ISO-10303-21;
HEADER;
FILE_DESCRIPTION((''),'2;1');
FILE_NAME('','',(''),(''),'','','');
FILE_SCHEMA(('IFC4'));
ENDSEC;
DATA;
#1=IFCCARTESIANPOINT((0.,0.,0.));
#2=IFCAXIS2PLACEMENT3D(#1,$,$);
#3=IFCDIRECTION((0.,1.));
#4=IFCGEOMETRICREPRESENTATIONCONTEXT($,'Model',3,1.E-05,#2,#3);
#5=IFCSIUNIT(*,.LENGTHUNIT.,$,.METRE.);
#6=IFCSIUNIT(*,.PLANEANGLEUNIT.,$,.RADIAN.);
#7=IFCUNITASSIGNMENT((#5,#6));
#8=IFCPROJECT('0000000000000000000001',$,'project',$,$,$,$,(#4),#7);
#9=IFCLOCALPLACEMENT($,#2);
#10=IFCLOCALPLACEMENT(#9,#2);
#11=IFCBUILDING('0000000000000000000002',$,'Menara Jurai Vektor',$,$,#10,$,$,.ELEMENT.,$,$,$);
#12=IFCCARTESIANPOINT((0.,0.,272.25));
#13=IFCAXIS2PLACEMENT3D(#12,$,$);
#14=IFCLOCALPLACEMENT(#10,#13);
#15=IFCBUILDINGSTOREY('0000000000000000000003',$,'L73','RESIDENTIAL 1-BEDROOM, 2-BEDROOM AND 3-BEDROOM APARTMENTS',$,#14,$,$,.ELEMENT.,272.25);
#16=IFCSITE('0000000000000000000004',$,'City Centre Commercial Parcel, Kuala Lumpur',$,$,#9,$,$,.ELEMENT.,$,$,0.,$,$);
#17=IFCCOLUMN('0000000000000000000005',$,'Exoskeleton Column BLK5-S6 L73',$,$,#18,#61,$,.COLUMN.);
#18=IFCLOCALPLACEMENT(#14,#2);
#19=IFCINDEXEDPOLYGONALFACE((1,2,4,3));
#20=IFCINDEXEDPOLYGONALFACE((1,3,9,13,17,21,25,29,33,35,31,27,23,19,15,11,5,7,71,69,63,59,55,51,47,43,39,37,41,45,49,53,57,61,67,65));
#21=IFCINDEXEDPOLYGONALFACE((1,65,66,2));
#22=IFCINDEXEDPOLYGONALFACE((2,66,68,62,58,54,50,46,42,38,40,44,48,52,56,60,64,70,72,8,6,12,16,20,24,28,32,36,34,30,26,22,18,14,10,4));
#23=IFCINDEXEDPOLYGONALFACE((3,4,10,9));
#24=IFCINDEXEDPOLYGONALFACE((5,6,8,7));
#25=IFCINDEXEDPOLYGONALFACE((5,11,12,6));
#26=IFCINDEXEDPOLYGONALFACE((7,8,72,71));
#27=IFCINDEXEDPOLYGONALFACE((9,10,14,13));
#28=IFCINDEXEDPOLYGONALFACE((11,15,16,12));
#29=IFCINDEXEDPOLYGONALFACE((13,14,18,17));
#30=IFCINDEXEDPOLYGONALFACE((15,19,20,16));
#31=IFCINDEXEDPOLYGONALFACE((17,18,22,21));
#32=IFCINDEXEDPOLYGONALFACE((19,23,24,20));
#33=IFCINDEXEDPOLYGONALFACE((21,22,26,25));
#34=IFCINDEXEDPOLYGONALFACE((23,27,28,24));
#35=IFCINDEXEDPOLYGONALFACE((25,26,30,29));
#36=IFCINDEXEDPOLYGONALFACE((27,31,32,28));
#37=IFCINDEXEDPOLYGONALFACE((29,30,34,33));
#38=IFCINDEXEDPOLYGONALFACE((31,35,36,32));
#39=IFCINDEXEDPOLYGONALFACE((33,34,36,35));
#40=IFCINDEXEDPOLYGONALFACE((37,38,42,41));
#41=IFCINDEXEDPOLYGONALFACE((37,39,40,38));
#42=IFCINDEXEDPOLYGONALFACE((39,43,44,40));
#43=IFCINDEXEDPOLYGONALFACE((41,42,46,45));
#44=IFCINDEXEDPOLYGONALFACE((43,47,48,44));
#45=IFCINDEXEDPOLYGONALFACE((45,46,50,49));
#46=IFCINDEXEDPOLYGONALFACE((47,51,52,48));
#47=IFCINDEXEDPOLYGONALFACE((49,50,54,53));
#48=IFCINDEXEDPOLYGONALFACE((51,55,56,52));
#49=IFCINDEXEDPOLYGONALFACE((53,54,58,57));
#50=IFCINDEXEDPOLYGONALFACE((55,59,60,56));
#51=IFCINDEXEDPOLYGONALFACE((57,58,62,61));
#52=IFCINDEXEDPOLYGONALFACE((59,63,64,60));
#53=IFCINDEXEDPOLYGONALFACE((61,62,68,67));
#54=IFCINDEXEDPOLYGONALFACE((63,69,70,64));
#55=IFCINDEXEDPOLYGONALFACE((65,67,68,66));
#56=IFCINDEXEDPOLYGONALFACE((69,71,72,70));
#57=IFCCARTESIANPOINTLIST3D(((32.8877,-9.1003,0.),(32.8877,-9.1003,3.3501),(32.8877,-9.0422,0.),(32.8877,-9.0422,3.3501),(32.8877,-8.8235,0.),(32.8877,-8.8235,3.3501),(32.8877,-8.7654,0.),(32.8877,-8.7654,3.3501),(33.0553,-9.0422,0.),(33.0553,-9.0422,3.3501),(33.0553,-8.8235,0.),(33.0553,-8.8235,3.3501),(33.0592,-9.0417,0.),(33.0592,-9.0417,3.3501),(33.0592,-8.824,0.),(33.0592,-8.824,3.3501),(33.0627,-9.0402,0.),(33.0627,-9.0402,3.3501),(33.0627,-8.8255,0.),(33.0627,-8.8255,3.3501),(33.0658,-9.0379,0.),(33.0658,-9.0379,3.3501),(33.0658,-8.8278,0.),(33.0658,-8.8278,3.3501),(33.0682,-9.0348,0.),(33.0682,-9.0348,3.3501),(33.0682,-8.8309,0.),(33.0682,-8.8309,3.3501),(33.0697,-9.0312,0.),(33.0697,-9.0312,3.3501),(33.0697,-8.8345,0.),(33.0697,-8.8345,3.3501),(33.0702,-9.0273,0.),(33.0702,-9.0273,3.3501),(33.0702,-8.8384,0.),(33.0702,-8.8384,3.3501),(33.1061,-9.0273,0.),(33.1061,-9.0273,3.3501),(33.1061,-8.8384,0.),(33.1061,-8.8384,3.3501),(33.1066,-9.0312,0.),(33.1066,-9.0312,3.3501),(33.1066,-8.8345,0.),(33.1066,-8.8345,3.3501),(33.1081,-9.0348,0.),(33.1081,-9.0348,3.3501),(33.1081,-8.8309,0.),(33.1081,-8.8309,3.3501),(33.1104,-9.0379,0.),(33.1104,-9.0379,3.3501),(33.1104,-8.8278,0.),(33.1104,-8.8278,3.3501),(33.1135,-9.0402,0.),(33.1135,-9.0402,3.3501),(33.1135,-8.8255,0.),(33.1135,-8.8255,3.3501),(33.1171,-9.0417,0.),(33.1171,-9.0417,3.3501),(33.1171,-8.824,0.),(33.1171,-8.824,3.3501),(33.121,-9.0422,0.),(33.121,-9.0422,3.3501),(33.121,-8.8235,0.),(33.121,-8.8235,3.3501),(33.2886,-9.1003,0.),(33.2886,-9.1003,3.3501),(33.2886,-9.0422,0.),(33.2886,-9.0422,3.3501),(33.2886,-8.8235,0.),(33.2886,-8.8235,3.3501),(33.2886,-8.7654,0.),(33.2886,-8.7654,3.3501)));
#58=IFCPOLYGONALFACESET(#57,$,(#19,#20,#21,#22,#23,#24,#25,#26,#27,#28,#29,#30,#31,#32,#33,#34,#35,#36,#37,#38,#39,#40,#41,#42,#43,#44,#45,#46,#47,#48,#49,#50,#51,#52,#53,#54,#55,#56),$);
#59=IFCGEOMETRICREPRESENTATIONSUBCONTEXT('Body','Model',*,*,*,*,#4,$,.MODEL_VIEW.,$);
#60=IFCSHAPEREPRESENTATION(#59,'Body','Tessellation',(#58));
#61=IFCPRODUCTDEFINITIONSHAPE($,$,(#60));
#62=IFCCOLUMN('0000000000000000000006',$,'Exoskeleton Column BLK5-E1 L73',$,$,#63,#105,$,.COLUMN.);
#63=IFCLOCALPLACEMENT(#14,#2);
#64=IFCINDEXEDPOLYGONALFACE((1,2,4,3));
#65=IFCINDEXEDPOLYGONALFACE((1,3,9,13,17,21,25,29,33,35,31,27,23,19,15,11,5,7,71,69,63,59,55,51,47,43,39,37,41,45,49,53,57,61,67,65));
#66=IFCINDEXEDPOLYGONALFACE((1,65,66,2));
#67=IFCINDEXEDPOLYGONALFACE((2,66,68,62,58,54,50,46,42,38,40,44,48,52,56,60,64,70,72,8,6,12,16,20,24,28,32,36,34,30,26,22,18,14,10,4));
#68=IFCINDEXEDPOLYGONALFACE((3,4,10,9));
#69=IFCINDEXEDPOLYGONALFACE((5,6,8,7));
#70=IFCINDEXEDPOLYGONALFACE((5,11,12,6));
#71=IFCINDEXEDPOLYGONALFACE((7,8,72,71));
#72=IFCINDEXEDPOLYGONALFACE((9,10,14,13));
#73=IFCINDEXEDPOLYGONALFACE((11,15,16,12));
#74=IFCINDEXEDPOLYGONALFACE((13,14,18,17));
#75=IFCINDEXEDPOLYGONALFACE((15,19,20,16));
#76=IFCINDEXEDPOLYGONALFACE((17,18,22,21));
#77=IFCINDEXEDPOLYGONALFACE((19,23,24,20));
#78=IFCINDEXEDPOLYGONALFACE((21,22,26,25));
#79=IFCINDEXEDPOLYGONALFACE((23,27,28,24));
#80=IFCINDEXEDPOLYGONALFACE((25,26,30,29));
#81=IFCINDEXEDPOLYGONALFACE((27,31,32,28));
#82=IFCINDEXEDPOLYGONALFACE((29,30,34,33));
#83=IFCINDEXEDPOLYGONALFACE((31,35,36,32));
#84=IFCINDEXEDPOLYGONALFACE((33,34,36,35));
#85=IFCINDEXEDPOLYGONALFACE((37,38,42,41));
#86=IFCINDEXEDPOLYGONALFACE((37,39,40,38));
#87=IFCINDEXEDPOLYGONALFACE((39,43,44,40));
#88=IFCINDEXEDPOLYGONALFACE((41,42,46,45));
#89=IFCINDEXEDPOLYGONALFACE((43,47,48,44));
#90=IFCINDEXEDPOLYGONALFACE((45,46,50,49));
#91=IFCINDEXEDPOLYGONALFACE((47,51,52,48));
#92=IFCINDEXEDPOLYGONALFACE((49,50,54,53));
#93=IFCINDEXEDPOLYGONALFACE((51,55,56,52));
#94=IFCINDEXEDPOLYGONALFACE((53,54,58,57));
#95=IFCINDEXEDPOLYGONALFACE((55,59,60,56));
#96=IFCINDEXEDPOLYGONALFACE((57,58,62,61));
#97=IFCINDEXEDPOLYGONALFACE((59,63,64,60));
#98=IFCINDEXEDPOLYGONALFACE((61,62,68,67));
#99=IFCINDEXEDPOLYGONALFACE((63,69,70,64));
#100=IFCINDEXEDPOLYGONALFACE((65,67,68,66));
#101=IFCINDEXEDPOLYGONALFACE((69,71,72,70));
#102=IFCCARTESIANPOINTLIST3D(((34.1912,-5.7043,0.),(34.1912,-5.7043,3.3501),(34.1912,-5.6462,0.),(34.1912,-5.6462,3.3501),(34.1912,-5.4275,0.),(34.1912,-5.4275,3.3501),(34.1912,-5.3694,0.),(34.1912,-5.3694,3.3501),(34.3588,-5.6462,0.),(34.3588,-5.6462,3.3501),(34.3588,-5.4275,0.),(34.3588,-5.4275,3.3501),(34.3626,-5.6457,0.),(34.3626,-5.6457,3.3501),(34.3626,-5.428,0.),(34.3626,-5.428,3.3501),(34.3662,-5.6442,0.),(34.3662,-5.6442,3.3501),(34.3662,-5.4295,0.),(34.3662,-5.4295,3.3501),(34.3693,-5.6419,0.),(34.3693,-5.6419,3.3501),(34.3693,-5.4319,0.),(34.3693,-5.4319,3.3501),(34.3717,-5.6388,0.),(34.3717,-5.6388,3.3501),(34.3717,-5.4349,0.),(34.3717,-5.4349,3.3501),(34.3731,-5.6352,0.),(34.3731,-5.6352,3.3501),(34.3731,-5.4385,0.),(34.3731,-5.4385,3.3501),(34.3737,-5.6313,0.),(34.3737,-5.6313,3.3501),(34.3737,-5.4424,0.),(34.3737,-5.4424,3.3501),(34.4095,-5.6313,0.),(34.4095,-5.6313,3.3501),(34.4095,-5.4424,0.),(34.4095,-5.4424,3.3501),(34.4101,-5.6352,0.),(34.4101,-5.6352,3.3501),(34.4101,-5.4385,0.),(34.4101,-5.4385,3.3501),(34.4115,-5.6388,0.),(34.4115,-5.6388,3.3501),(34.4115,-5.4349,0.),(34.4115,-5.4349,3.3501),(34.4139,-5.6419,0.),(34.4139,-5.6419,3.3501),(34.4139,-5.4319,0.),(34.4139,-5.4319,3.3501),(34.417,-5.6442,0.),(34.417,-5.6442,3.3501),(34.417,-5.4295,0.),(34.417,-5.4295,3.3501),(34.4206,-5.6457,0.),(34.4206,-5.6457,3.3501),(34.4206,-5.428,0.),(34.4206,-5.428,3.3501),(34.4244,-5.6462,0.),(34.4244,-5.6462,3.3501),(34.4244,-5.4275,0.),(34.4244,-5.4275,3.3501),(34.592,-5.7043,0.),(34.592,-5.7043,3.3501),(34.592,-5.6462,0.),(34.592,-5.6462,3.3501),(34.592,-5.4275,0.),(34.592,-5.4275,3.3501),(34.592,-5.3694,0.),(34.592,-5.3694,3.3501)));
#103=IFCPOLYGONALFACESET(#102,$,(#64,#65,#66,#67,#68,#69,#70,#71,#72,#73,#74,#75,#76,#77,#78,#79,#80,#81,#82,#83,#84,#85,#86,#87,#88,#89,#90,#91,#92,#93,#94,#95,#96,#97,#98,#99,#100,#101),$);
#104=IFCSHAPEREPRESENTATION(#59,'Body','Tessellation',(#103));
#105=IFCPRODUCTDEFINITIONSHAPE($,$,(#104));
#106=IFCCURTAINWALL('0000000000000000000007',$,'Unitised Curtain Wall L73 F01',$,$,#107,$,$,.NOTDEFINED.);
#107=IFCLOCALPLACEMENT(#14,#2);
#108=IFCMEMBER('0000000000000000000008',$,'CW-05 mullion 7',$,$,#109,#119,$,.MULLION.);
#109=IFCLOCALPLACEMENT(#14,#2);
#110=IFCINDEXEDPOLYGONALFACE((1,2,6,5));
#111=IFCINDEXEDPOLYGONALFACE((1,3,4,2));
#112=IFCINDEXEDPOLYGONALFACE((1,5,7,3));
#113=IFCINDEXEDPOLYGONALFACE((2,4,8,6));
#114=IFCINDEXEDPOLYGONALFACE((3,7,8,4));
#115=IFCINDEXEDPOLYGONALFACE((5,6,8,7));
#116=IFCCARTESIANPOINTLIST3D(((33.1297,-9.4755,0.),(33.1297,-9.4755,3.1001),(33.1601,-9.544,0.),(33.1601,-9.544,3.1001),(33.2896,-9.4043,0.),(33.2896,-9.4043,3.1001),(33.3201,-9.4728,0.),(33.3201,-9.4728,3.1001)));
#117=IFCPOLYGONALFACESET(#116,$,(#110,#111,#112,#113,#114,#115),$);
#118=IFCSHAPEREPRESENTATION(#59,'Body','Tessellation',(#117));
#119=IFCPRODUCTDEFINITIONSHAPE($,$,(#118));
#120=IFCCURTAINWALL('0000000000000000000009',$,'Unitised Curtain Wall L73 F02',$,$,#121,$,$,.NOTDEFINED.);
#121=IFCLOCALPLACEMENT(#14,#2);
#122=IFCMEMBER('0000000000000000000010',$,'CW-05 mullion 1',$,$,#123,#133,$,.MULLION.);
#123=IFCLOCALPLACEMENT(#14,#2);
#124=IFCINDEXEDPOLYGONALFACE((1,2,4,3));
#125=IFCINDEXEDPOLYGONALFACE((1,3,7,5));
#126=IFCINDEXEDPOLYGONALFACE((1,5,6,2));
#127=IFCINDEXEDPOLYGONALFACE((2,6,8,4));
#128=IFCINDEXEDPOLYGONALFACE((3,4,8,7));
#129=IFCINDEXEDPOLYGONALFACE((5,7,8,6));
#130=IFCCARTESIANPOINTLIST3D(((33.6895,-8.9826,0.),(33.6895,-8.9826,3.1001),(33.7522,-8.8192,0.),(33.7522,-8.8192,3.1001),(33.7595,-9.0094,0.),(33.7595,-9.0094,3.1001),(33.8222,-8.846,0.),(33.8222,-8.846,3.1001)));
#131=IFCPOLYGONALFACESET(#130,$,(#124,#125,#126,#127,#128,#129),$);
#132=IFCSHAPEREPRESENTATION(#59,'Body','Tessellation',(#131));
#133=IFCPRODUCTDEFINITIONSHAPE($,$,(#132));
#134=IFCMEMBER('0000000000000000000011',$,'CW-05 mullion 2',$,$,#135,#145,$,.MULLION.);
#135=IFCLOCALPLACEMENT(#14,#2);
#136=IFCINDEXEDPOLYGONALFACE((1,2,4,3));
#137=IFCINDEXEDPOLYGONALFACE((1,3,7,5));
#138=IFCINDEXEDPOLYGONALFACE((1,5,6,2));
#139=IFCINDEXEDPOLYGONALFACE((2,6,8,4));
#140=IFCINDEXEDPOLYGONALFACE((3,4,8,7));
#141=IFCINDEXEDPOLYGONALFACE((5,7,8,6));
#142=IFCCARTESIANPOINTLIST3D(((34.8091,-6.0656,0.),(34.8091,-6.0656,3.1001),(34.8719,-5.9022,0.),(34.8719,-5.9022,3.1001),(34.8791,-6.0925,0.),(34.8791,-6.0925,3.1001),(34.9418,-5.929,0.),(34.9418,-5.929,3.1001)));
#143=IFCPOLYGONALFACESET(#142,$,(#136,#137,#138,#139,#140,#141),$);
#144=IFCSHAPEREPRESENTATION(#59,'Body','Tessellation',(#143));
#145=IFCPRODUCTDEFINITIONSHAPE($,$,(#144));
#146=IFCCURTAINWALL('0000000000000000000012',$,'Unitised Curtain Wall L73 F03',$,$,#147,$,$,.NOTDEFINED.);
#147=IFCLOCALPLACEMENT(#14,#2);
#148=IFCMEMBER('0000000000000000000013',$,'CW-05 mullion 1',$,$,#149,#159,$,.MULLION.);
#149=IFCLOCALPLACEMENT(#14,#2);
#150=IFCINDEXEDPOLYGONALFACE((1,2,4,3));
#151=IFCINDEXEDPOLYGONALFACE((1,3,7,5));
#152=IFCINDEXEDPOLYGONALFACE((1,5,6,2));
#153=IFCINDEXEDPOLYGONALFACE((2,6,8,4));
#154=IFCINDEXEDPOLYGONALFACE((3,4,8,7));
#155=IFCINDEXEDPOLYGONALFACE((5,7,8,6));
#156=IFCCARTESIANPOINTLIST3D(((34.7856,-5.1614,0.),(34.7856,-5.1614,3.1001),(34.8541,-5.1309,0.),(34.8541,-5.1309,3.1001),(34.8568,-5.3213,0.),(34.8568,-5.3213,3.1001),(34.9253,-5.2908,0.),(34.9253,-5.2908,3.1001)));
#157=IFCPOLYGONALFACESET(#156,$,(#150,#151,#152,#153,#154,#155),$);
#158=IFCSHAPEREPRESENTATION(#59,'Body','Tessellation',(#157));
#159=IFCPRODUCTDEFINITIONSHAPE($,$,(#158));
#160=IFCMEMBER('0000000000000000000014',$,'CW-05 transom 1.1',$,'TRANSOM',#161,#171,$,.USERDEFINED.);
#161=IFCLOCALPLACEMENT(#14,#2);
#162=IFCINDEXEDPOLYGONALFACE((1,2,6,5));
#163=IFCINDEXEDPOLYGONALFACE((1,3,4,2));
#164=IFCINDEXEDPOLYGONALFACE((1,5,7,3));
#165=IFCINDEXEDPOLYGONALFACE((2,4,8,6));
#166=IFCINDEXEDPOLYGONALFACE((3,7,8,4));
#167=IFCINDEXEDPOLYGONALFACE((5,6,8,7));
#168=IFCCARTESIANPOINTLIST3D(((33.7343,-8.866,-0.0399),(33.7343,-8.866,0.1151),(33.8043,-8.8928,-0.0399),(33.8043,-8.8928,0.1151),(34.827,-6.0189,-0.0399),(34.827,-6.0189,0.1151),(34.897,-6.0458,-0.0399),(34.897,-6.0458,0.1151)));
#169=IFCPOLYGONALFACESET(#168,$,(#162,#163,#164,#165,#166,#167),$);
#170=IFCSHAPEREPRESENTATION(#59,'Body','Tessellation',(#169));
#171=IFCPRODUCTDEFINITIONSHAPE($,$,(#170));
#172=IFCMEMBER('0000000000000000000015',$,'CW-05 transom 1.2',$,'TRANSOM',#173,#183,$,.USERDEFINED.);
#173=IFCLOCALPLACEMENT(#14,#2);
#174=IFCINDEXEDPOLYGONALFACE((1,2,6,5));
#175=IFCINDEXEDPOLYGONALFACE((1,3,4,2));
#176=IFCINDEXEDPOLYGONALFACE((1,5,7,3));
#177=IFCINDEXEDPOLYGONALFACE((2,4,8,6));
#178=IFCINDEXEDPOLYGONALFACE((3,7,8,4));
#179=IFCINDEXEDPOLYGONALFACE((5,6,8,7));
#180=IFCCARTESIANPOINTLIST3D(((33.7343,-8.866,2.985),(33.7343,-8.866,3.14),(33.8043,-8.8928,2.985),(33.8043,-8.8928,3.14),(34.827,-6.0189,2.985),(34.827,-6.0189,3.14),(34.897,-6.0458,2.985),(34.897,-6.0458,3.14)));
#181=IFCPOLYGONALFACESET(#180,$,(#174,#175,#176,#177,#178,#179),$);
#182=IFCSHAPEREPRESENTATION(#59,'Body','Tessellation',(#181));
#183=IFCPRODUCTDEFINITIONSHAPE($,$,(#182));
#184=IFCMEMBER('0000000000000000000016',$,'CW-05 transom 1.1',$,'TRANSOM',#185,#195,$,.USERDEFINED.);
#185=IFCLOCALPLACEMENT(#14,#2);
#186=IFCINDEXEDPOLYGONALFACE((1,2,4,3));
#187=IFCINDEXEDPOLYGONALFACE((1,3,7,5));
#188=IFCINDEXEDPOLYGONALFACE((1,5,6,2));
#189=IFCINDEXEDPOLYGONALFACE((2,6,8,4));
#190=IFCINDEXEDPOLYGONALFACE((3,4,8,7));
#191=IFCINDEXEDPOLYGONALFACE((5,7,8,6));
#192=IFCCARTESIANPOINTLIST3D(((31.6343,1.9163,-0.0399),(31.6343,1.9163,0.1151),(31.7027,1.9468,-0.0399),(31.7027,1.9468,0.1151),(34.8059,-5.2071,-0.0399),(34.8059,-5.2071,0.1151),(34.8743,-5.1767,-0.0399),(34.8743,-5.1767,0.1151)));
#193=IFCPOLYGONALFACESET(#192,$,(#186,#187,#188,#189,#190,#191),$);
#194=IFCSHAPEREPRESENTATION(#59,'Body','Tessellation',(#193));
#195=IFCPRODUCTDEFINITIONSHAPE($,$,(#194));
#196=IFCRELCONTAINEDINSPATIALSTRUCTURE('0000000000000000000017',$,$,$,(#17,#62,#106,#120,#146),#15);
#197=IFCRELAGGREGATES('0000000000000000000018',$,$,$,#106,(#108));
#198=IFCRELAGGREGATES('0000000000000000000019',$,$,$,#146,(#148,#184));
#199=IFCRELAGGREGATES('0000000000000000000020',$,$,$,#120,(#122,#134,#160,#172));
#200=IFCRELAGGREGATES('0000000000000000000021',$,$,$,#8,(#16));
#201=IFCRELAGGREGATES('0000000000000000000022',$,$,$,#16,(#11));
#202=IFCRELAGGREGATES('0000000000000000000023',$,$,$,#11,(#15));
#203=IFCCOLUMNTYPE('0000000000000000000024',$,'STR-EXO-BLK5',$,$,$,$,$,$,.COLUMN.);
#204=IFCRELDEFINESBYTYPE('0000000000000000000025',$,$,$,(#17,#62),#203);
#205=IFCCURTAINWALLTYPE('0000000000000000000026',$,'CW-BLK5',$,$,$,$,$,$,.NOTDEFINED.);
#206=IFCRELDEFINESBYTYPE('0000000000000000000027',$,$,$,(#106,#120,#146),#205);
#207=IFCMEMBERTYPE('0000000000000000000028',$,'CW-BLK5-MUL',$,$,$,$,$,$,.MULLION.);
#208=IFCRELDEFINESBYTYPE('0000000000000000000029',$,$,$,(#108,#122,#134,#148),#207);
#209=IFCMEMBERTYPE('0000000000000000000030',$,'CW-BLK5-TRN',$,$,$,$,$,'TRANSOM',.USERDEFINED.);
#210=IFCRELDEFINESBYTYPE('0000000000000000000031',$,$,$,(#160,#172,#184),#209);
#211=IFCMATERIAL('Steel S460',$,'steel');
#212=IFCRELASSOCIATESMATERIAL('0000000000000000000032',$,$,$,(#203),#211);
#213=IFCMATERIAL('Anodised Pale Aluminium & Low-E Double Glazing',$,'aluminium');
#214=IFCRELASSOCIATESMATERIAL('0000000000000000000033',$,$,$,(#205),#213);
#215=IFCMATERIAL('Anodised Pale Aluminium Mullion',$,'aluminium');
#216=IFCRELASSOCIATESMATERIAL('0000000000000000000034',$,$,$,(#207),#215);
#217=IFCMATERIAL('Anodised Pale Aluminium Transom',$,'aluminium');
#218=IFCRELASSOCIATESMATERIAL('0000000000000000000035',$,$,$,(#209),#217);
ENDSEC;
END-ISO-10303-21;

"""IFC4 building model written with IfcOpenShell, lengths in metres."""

from ifc_helpers import new_model, si_unit, direction, frame, origin, origin_2d, place, context, subcontext, project, spatial, rectangle, i_section, extrude, material, material_profile, profile_set, type_object, element, aggregate, save


model = new_model("IFC4")

# Units and contexts
model_context = context("Model", 3, precision=1e-05, world=origin(), true_north=direction((0.0, 1.0)))
body_context = subcontext(model_context, "Body", "Model", "MODEL_VIEW")
ifc_project = project(units=[si_unit("LENGTHUNIT", "METRE"), si_unit("PLANEANGLEUNIT", "RADIAN")], contexts=[model_context])

# Site, building, storey
site_placement = place(None, origin())
site = spatial("IfcSite", under=ifc_project, at=site_placement, Name="City Centre Commercial Parcel, Kuala Lumpur", CompositionType="ELEMENT", RefElevation=0.0)
building_placement = place(site_placement, origin())
building = spatial("IfcBuilding", under=site, at=building_placement, Name="Menara Jurai Vektor", CompositionType="ELEMENT")
storey_placement = place(building_placement, frame((0.0, 0.0, 272.25)))
storey = spatial("IfcBuildingStorey", under=building, at=storey_placement, Name="L73", Description="RESIDENTIAL 1-BEDROOM, 2-BEDROOM AND 3-BEDROOM APARTMENTS", CompositionType="ELEMENT", Elevation=272.25)

# Columns
ifc_material_1 = material(Name="Steel S460", Category="steel")
ifc_material_profile_1 = material_profile(ifc_material_1, i_section(OverallWidth=0.4009, OverallDepth=0.335, WebThickness=0.0359, FlangeThickness=0.0581, FilletRadius=0.0149, at=origin_2d()), Name="HD 400x463")
ifc_profile_set_1 = profile_set([ifc_material_profile_1], Name="Steel S460")
column_type = type_object("IfcColumnType", Name="STR-EXO-BLK5", PredefinedType="COLUMN", material=ifc_profile_set_1)
for number, where, z_axis, x_axis, name in (
    (1, (33.0881, -8.9329, 0.0), (0.0, 0.0, 1.0), (1.0, 0.0, 0.0), "Exoskeleton Column BLK5-S6 L73"),
    (2, (34.3916, -5.5369, 0.0), (0.0, 0.0, 1.0), (1.0, 0.0, 0.0), "Exoskeleton Column BLK5-E1 L73"),
):
    element("IfcColumn", number, at=place(storey_placement, frame(where, z_axis=z_axis, x_axis=x_axis)), inside=storey, type_object=column_type, Name=name, PredefinedType="COLUMN", context=body_context, shape_type="SweptSolid", body=[
        extrude(i_section(OverallWidth=0.4009, OverallDepth=0.335, WebThickness=0.0359, FlangeThickness=0.0581, FilletRadius=0.0149, at=origin_2d()), origin(), (0.0, 0.0, 1.0), 3.3501),
    ])

# Curtain wall, member
ifc_material_2 = material(Name="Anodised Pale Aluminium & Low-E Double Glazing", Category="aluminium")
curtain_wall_type = type_object("IfcCurtainWallType", Name="CW-BLK5", PredefinedType="NOTDEFINED", material=ifc_material_2)
curtain_wall_1_placement = place(storey_placement, origin())
curtain_wall_1 = element("IfcCurtainWall", 3, at=curtain_wall_1_placement, inside=storey, type_object=curtain_wall_type, Name="Unitised Curtain Wall L73 F01", PredefinedType="NOTDEFINED")
ifc_material_3 = material(Name="Anodised Pale Aluminium Mullion", Category="aluminium")
ifc_material_profile_2 = material_profile(ifc_material_3, rectangle(XDim=0.075, YDim=0.175, at=origin_2d()), Name="ALU MUL 75x175")
ifc_profile_set_2 = profile_set([ifc_material_profile_2], Name="Anodised Pale Aluminium Mullion")
member_type_1 = type_object("IfcMemberType", Name="CW-BLK5-MUL", PredefinedType="MULLION", material=ifc_profile_set_2)
member_1_placement = place(storey_placement, frame((33.2249, -9.4741, 0.0), z_axis=(0.0, 0.0, 1.0), x_axis=(-0.406735, 0.913546, 0.0)))
member_1 = element("IfcMember", 4, at=member_1_placement, type_object=member_type_1, Name="CW-05 mullion 7", PredefinedType="MULLION", context=body_context, shape_type="SweptSolid", body=[
    extrude(rectangle(XDim=0.075, YDim=0.175, at=origin_2d()), origin(), (0.0, 0.0, 1.0), 3.1001),
])

# Curtain wall, members
curtain_wall_2_placement = place(storey_placement, origin())
curtain_wall_2 = element("IfcCurtainWall", 5, at=curtain_wall_2_placement, inside=storey, type_object=curtain_wall_type, Name="Unitised Curtain Wall L73 F02", PredefinedType="NOTDEFINED")
member_2_placement = place(storey_placement, frame((33.7559, -8.9143, 0.0), z_axis=(0.0, 0.0, 1.0), x_axis=(-0.933578, 0.358374, 0.0)))
member_2 = element("IfcMember", 6, at=member_2_placement, type_object=member_type_1, Name="CW-05 mullion 1", PredefinedType="MULLION", context=body_context, shape_type="SweptSolid", body=[
    extrude(rectangle(XDim=0.075, YDim=0.175, at=origin_2d()), origin(), (0.0, 0.0, 1.0), 3.1001),
])
member_3_placement = place(storey_placement, frame((34.8755, -5.9973, 0.0), z_axis=(0.0, 0.0, 1.0), x_axis=(-0.933578, 0.358374, 0.0)))
member_3 = element("IfcMember", 7, at=member_3_placement, type_object=member_type_1, Name="CW-05 mullion 2", PredefinedType="MULLION", context=body_context, shape_type="SweptSolid", body=[
    extrude(rectangle(XDim=0.075, YDim=0.175, at=origin_2d()), origin(), (0.0, 0.0, 1.0), 3.1001),
])

# Curtain wall, member
curtain_wall_3_placement = place(storey_placement, origin())
curtain_wall_3 = element("IfcCurtainWall", 8, at=curtain_wall_3_placement, inside=storey, type_object=curtain_wall_type, Name="Unitised Curtain Wall L73 F03", PredefinedType="NOTDEFINED")
member_4_placement = place(storey_placement, frame((34.8555, -5.2261, 0.0), z_axis=(0.0, 0.0, 1.0), x_axis=(-0.913546, -0.406735, 0.0)))
member_4 = element("IfcMember", 9, at=member_4_placement, type_object=member_type_1, Name="CW-05 mullion 1", PredefinedType="MULLION", context=body_context, shape_type="SweptSolid", body=[
    extrude(rectangle(XDim=0.075, YDim=0.175, at=origin_2d()), origin(), (0.0, 0.0, 1.0), 3.1001),
])

# Members
ifc_material_4 = material(Name="Anodised Pale Aluminium Transom", Category="aluminium")
ifc_material_profile_3 = material_profile(ifc_material_4, rectangle(XDim=0.075, YDim=0.155, at=origin_2d()), Name="ALU TRN 75x155")
ifc_profile_set_3 = profile_set([ifc_material_profile_3], Name="Anodised Pale Aluminium Transom")
member_type_2 = type_object("IfcMemberType", Name="CW-BLK5-TRN", ElementType="TRANSOM", PredefinedType="USERDEFINED", material=ifc_profile_set_3)
member_5_placement = place(storey_placement, frame((33.7693, -8.8794, 0.0376), z_axis=(0.358325, 0.933597, 0.0), x_axis=(-0.933597, 0.358325, 0.0)))
member_5 = element("IfcMember", 10, at=member_5_placement, type_object=member_type_2, Name="CW-05 transom 1.1", ObjectType="TRANSOM", PredefinedType="USERDEFINED", context=body_context, shape_type="SweptSolid", body=[
    extrude(rectangle(XDim=0.075, YDim=0.155, at=origin_2d()), origin(), (0.0, 0.0, 1.0), 3.0496),
])
member_6_placement = place(storey_placement, frame((33.7693, -8.8794, 3.0625), z_axis=(0.358325, 0.933597, 0.0), x_axis=(-0.933597, 0.358325, 0.0)))
member_6 = element("IfcMember", 11, at=member_6_placement, type_object=member_type_2, Name="CW-05 transom 1.2", ObjectType="TRANSOM", PredefinedType="USERDEFINED", context=body_context, shape_type="SweptSolid", body=[
    extrude(rectangle(XDim=0.075, YDim=0.155, at=origin_2d()), origin(), (0.0, 0.0, 1.0), 3.0496),
])
member_7_placement = place(storey_placement, frame((34.8401, -5.1919, 0.0376), z_axis=(-0.40674, 0.913544, 0.0), x_axis=(-0.913544, -0.40674, 0.0)))
member_7 = element("IfcMember", 12, at=member_7_placement, type_object=member_type_2, Name="CW-05 transom 1.1", ObjectType="TRANSOM", PredefinedType="USERDEFINED", context=body_context, shape_type="SweptSolid", body=[
    extrude(rectangle(XDim=0.075, YDim=0.155, at=origin_2d()), origin(), (0.0, 0.0, 1.0), 7.7976),
])

aggregate(curtain_wall_1, [member_1])
aggregate(curtain_wall_3, [member_4, member_7])
aggregate(curtain_wall_2, [member_2, member_3, member_5, member_6])

save(model, "model.ifc")
